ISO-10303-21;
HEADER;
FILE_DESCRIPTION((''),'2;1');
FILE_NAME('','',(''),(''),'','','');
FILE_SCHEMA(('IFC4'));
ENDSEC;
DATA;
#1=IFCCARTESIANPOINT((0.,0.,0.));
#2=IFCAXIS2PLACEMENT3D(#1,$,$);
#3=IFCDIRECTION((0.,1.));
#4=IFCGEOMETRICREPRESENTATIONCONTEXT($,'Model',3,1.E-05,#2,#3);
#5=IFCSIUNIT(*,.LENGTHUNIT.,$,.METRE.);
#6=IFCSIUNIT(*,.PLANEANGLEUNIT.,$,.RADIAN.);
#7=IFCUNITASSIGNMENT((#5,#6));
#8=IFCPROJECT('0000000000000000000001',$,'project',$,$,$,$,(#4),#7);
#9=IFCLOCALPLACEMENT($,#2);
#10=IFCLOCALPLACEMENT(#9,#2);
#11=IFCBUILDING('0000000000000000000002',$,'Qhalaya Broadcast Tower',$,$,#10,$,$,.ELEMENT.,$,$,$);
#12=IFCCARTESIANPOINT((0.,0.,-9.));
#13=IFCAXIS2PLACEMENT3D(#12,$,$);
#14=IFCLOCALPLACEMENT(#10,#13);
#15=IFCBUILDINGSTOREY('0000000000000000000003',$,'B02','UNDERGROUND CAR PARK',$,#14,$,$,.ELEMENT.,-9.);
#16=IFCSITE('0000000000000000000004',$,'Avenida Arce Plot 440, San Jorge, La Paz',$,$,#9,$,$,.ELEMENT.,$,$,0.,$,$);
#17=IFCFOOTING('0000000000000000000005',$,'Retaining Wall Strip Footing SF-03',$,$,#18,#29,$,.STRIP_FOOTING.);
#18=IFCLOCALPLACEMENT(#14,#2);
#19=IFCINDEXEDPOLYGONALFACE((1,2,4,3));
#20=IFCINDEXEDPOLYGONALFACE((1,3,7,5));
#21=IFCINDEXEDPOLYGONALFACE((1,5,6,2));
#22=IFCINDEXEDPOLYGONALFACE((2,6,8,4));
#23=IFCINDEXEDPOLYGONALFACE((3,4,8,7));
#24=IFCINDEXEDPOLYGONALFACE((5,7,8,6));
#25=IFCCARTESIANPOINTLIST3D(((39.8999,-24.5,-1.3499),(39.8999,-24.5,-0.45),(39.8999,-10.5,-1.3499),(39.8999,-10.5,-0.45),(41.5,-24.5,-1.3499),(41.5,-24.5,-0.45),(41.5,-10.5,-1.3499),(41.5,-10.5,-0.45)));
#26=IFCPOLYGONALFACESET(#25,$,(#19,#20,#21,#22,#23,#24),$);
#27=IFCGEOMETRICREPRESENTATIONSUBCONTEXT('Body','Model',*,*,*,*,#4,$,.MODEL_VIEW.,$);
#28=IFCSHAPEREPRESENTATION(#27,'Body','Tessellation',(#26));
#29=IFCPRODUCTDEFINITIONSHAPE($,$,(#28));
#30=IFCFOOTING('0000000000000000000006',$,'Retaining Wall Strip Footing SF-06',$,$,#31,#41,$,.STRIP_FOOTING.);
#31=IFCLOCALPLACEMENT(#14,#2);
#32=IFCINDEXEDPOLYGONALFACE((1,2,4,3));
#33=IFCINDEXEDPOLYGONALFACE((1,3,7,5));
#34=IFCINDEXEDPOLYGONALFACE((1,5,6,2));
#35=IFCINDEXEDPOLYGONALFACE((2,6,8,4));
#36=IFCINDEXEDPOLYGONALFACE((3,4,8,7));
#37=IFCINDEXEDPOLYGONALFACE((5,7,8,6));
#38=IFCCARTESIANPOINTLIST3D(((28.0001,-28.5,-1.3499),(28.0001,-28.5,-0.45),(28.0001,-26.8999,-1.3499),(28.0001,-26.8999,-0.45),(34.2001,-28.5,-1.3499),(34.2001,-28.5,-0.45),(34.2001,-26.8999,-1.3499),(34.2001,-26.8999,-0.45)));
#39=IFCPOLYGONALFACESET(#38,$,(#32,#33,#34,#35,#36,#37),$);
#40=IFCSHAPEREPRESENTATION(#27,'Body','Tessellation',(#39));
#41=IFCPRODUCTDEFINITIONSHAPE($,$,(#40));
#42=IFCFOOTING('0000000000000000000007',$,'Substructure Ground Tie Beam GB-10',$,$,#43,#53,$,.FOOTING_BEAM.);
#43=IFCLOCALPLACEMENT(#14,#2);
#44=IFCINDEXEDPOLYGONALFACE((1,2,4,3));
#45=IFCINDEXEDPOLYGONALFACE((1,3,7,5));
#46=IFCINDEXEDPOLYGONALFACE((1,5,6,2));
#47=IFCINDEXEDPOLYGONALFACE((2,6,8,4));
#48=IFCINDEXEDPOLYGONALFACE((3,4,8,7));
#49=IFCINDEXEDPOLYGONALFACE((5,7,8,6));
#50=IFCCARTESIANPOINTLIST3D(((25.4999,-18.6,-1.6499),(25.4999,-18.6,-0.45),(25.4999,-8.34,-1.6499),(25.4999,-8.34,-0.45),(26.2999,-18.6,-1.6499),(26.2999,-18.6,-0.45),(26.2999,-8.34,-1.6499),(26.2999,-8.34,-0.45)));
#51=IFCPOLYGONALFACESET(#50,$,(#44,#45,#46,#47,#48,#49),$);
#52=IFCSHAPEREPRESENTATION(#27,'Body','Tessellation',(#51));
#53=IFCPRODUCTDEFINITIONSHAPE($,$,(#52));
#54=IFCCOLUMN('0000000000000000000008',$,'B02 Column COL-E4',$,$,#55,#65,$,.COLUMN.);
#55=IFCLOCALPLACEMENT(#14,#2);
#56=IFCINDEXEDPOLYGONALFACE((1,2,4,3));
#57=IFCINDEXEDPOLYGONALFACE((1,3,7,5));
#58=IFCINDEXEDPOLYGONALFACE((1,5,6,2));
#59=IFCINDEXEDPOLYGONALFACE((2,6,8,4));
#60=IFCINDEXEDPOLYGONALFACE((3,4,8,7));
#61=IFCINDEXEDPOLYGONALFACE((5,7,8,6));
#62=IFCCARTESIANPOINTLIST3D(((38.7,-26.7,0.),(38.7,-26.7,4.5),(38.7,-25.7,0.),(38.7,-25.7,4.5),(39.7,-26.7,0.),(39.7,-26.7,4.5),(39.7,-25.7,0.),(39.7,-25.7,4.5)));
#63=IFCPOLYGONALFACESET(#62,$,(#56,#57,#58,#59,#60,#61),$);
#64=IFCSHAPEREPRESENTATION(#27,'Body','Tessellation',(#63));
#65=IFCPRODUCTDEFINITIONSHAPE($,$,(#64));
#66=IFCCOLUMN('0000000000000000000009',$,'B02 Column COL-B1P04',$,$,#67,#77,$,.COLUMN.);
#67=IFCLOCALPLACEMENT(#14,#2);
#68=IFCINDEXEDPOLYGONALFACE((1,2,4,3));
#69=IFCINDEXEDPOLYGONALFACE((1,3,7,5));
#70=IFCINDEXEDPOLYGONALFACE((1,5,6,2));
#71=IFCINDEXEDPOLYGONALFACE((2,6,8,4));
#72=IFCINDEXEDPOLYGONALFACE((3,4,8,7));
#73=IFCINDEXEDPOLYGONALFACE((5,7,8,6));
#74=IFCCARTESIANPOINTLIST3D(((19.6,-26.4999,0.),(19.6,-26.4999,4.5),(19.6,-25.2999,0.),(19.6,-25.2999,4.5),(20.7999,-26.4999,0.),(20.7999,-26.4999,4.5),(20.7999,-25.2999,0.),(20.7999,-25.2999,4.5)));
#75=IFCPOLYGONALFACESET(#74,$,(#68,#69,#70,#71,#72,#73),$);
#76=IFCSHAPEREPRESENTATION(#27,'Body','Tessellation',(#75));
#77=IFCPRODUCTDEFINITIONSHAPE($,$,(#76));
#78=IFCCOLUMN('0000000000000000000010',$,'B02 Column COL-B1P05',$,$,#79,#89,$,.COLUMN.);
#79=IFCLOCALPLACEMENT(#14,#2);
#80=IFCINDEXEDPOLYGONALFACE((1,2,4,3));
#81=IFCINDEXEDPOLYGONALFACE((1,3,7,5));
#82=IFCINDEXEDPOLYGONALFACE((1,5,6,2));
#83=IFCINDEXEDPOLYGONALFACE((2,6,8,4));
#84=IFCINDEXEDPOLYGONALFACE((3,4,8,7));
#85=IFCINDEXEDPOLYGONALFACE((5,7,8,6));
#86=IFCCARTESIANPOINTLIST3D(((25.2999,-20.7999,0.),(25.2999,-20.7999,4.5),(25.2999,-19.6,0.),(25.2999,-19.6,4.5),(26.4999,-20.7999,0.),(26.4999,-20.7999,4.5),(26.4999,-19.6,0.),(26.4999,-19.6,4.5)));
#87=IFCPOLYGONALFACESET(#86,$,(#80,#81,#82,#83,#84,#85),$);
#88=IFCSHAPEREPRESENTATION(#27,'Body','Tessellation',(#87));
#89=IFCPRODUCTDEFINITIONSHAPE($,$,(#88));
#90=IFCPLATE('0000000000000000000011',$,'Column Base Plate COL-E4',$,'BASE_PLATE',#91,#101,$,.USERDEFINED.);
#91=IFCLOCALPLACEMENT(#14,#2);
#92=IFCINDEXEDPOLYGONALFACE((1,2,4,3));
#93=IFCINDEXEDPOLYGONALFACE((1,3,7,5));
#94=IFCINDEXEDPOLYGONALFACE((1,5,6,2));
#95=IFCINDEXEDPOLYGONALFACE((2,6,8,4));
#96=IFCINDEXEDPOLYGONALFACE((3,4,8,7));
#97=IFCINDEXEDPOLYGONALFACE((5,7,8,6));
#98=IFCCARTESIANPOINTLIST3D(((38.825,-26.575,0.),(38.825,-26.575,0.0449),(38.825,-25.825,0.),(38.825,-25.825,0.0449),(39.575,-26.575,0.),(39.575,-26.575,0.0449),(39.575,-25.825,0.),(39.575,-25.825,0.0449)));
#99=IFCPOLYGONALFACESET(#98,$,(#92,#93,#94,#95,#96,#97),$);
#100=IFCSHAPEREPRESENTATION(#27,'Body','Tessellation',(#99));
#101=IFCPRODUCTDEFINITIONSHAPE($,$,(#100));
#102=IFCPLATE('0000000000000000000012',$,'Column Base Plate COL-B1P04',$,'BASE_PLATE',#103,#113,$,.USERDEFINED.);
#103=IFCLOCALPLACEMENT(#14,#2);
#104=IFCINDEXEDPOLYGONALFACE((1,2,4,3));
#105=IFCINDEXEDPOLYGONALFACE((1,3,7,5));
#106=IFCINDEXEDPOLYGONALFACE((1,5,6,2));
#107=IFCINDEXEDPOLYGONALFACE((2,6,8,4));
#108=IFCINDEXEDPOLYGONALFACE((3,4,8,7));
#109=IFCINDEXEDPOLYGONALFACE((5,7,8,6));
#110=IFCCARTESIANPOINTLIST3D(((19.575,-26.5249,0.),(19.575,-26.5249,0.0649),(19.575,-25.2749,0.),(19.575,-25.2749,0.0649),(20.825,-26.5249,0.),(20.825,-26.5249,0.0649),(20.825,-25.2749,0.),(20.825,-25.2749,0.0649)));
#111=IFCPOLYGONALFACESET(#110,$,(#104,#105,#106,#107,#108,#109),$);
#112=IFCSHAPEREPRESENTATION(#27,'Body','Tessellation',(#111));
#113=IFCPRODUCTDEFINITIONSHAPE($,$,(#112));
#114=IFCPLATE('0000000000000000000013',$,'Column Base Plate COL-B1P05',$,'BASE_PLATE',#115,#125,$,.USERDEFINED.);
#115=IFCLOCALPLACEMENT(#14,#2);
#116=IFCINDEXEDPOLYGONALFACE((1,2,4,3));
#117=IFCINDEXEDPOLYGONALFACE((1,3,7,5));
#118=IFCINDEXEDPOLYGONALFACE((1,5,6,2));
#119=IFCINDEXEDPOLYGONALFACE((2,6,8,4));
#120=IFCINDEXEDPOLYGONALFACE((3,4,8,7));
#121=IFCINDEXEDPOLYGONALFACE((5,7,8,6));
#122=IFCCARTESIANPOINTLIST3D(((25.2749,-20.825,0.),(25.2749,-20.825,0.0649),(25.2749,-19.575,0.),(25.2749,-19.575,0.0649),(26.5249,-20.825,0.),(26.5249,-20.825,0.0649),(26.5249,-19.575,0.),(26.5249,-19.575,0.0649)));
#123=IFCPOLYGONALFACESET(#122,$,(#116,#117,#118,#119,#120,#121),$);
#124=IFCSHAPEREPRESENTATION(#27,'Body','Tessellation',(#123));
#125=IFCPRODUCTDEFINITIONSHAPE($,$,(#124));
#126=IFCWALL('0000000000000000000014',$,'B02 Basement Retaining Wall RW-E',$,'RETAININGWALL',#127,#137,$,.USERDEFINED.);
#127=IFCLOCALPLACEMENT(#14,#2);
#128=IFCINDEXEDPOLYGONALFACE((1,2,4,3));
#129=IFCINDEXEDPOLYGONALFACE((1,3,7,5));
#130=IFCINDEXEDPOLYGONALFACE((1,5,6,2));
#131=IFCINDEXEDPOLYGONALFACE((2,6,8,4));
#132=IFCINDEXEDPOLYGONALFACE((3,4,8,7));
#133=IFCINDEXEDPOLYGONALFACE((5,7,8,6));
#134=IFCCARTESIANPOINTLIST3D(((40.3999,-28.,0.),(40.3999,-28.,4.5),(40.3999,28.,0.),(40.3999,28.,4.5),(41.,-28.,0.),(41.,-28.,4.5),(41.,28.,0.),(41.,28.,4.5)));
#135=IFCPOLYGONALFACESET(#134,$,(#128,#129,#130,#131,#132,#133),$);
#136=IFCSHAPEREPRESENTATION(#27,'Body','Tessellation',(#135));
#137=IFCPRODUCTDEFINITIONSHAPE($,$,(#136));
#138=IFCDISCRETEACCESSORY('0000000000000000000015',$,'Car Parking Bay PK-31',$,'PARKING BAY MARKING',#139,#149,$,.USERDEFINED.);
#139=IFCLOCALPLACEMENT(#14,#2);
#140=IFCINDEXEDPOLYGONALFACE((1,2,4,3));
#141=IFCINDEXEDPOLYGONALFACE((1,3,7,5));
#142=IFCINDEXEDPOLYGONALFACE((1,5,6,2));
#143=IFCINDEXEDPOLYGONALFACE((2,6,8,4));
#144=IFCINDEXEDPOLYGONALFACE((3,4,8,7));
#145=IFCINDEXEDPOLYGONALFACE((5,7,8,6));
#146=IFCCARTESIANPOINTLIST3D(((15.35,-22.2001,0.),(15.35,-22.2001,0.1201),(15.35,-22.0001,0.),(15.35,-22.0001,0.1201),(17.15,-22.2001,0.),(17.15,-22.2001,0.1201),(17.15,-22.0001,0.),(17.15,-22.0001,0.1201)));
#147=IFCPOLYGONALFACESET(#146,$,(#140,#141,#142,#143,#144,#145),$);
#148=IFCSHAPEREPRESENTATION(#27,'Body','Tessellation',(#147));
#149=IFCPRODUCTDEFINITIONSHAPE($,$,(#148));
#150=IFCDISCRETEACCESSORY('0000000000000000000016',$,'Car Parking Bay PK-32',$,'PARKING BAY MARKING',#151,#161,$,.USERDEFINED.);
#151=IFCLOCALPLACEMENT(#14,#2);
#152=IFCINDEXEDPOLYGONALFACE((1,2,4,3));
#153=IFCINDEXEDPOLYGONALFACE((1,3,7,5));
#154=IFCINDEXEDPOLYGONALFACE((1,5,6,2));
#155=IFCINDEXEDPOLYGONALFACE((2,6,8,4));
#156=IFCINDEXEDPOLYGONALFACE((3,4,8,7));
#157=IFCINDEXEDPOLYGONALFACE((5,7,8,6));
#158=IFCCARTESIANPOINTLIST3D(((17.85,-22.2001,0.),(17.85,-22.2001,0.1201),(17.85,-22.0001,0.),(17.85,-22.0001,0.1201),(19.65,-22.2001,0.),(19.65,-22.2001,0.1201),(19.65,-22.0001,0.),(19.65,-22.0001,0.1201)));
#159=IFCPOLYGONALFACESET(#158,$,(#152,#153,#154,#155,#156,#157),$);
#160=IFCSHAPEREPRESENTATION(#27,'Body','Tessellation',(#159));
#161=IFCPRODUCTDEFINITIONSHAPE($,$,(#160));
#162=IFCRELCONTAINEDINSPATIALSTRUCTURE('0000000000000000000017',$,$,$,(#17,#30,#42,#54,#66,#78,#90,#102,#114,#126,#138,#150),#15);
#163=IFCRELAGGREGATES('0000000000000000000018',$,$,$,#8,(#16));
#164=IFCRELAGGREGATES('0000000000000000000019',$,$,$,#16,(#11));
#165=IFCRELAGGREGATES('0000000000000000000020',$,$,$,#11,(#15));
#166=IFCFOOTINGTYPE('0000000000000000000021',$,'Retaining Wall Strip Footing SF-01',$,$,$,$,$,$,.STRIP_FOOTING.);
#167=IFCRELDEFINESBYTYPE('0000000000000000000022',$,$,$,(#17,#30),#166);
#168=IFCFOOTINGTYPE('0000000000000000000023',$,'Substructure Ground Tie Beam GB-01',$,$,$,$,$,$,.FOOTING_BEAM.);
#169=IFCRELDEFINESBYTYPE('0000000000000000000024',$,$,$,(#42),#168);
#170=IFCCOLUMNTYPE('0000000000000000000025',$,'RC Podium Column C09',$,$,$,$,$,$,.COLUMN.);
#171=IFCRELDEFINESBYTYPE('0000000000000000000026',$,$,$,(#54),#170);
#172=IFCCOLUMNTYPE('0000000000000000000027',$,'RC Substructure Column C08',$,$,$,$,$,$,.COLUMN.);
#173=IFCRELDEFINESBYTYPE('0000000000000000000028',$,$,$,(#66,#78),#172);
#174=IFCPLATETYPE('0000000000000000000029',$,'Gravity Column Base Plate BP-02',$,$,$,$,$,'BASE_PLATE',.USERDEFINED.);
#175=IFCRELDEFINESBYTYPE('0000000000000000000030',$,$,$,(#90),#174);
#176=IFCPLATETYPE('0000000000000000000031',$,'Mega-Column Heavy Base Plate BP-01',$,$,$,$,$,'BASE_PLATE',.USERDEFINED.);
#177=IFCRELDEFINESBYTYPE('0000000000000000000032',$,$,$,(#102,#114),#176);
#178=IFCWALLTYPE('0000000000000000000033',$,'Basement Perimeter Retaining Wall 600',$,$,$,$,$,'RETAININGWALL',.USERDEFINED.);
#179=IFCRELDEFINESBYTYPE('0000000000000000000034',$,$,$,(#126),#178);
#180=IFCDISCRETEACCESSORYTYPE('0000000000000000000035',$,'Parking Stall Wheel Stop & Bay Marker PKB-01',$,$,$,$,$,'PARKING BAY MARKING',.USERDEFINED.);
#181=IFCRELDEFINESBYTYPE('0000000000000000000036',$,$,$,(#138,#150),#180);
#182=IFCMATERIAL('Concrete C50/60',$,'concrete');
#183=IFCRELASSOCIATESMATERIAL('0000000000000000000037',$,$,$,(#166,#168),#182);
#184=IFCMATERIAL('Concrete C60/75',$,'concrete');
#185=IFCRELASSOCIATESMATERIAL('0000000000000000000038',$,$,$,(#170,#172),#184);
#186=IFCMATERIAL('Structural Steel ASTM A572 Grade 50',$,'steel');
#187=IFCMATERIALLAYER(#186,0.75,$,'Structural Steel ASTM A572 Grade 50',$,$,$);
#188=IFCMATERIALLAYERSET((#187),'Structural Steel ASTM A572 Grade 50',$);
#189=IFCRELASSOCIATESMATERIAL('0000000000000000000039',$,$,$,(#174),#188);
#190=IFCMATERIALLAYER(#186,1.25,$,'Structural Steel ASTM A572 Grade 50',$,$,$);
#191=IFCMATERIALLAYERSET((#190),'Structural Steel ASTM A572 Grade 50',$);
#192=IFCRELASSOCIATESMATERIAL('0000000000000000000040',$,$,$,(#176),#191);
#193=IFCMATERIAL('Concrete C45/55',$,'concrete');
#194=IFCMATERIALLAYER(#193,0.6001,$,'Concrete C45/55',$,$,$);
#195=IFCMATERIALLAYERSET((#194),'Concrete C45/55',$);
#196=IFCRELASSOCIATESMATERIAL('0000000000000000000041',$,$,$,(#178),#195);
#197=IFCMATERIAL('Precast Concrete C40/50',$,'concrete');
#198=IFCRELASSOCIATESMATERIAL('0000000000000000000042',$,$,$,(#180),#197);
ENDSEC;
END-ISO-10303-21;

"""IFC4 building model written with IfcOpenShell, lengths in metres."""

from ifc_helpers import new_model, si_unit, direction, frame, frame_2d, origin, origin_2d, place, context, subcontext, project, spatial, rectangle, extrude, material, layer, layer_set, material_profile, profile_set, type_object, element, save


model = new_model("IFC4")

# Units and contexts
model_context = context("Model", 3, precision=1e-05, world=origin(), true_north=direction((0.0, 1.0)))
body_context = subcontext(model_context, "Body", "Model", "MODEL_VIEW")
ifc_project = project(units=[si_unit("LENGTHUNIT", "METRE"), si_unit("PLANEANGLEUNIT", "RADIAN")], contexts=[model_context])

# Site, building, storey
site_placement = place(None, origin())
site = spatial("IfcSite", under=ifc_project, at=site_placement, Name="Avenida Arce Plot 440, San Jorge, La Paz", CompositionType="ELEMENT", RefElevation=0.0)
building_placement = place(site_placement, origin())
building = spatial("IfcBuilding", under=site, at=building_placement, Name="Qhalaya Broadcast Tower", CompositionType="ELEMENT")
storey_placement = place(building_placement, frame((0.0, 0.0, -9.0)))
storey = spatial("IfcBuildingStorey", under=building, at=storey_placement, Name="B02", Description="UNDERGROUND CAR PARK", CompositionType="ELEMENT", Elevation=-9.0)

# Shared definitions
ifc_material_1 = material(Name="Concrete C45/55", Category="concrete")

# Footings
ifc_material_2 = material(Name="Concrete C50/60", Category="concrete")
footing_type_1 = type_object("IfcFootingType", Name="Retaining Wall Strip Footing SF-01", PredefinedType="STRIP_FOOTING", material=ifc_material_2)
footing_1_placement = place(storey_placement, frame((40.7, -17.5, -1.3499), z_axis=(0.0, 0.0, 1.0), x_axis=(0.0, 1.0, 0.0)))
element("IfcFooting", 1, at=footing_1_placement, inside=storey, type_object=footing_type_1, Name="Retaining Wall Strip Footing SF-03", PredefinedType="STRIP_FOOTING", context=body_context, shape_type="SweptSolid", body=[
    extrude(rectangle(XDim=14.0, YDim=1.6001, at=origin_2d()), origin(), (0.0, 0.0, 1.0), 0.8999),
])
footing_2_placement = place(storey_placement, frame((31.1001, -27.7, -1.3499), z_axis=(0.0, 0.0, 1.0), x_axis=(1.0, 0.0, 0.0)))
element("IfcFooting", 2, at=footing_2_placement, inside=storey, type_object=footing_type_1, Name="Retaining Wall Strip Footing SF-06", PredefinedType="STRIP_FOOTING", context=body_context, shape_type="SweptSolid", body=[
    extrude(rectangle(XDim=6.2, YDim=1.6001, at=origin_2d()), origin(), (0.0, 0.0, 1.0), 0.8999),
])
footing_type_2 = type_object("IfcFootingType", Name="Substructure Ground Tie Beam GB-01", PredefinedType="FOOTING_BEAM", material=ifc_material_2)
footing_3_placement = place(storey_placement, frame((25.8999, -13.47, -1.6499), z_axis=(0.0, 0.0, 1.0), x_axis=(0.0, 1.0, 0.0)))
element("IfcFooting", 3, at=footing_3_placement, inside=storey, type_object=footing_type_2, Name="Substructure Ground Tie Beam GB-10", PredefinedType="FOOTING_BEAM", context=body_context, shape_type="SweptSolid", body=[
    extrude(rectangle(XDim=10.26, YDim=0.8, at=origin_2d()), origin(), (0.0, 0.0, 1.0), 1.2),
])

# Columns
ifc_material_3 = material(Name="Concrete C60/75", Category="concrete")
ifc_material_profile_1 = material_profile(ifc_material_3, rectangle(XDim=1.0, YDim=1.0, at=origin_2d()), Name="RC-COL 1000x1000")
ifc_profile_set_1 = profile_set([ifc_material_profile_1], Name="Concrete C60/75")
column_type_1 = type_object("IfcColumnType", Name="RC Podium Column C09", PredefinedType="COLUMN", material=ifc_profile_set_1)
column_placement = place(storey_placement, frame((39.2, -26.2, 0.0), z_axis=(0.0, 0.0, 1.0), x_axis=(1.0, 0.0, 0.0)))
element("IfcColumn", 4, at=column_placement, inside=storey, type_object=column_type_1, Name="B02 Column COL-E4", PredefinedType="COLUMN", context=body_context, shape_type="SweptSolid", body=[
    extrude(rectangle(XDim=1.0, YDim=1.0, at=origin_2d()), origin(), (0.0, 0.0, 1.0), 4.5),
])
ifc_material_profile_2 = material_profile(ifc_material_3, rectangle(XDim=1.2, YDim=1.2, at=origin_2d()), Name="RC-COL 1200x1200")
ifc_profile_set_2 = profile_set([ifc_material_profile_2], Name="Concrete C60/75")
column_type_2 = type_object("IfcColumnType", Name="RC Substructure Column C08", PredefinedType="COLUMN", material=ifc_profile_set_2)
for number, where, z_axis, x_axis, name in (
    (5, (20.2, -25.8999, 0.0), (0.0, 0.0, 1.0), (1.0, 0.0, 0.0), "B02 Column COL-B1P04"),
    (6, (25.8999, -20.2, 0.0), (0.0, 0.0, 1.0), (0.0, 1.0, 0.0), "B02 Column COL-B1P05"),
):
    element("IfcColumn", number, at=place(storey_placement, frame(where, z_axis=z_axis, x_axis=x_axis)), inside=storey, type_object=column_type_2, Name=name, PredefinedType="COLUMN", context=body_context, shape_type="SweptSolid", body=[
        extrude(rectangle(XDim=1.2, YDim=1.2, at=origin_2d()), origin(), (0.0, 0.0, 1.0), 4.5),
    ])

# Plates
ifc_material_4 = material(Name="Structural Steel ASTM A572 Grade 50", Category="steel")
ifc_layer_1 = layer(ifc_material_4, 0.75, Name="Structural Steel ASTM A572 Grade 50")
ifc_layer_set_1 = layer_set([ifc_layer_1], Name="Structural Steel ASTM A572 Grade 50")
plate_type_1 = type_object("IfcPlateType", Name="Gravity Column Base Plate BP-02", ElementType="BASE_PLATE", PredefinedType="USERDEFINED", material=ifc_layer_set_1)
plate_placement = place(storey_placement, frame((39.2, -26.2, 0.0), z_axis=(0.0, 0.0, 1.0), x_axis=(1.0, 0.0, 0.0)))
element("IfcPlate", 7, at=plate_placement, inside=storey, type_object=plate_type_1, Name="Column Base Plate COL-E4", ObjectType="BASE_PLATE", PredefinedType="USERDEFINED", context=body_context, shape_type="SweptSolid", body=[
    extrude(rectangle(XDim=0.75, YDim=0.75, at=origin_2d()), origin(), (0.0, 0.0, 1.0), 0.0449),
])
ifc_layer_2 = layer(ifc_material_4, 1.25, Name="Structural Steel ASTM A572 Grade 50")
ifc_layer_set_2 = layer_set([ifc_layer_2], Name="Structural Steel ASTM A572 Grade 50")
plate_type_2 = type_object("IfcPlateType", Name="Mega-Column Heavy Base Plate BP-01", ElementType="BASE_PLATE", PredefinedType="USERDEFINED", material=ifc_layer_set_2)
for number, where, z_axis, x_axis, name in (
    (8, (20.2, -25.8999, 0.0), (0.0, 0.0, 1.0), (1.0, 0.0, 0.0), "Column Base Plate COL-B1P04"),
    (9, (25.8999, -20.2, 0.0), (0.0, 0.0, 1.0), (0.0, 1.0, 0.0), "Column Base Plate COL-B1P05"),
):
    element("IfcPlate", number, at=place(storey_placement, frame(where, z_axis=z_axis, x_axis=x_axis)), inside=storey, type_object=plate_type_2, Name=name, ObjectType="BASE_PLATE", PredefinedType="USERDEFINED", context=body_context, shape_type="SweptSolid", body=[
        extrude(rectangle(XDim=1.25, YDim=1.25, at=origin_2d()), origin(), (0.0, 0.0, 1.0), 0.0649),
    ])

# Wall
ifc_layer_3 = layer(ifc_material_1, 0.6001, Name="Concrete C45/55")
ifc_layer_set_3 = layer_set([ifc_layer_3], Name="Concrete C45/55")
wall_type = type_object("IfcWallType", Name="Basement Perimeter Retaining Wall 600", ElementType="RETAININGWALL", PredefinedType="USERDEFINED", material=ifc_layer_set_3)
wall_placement = place(storey_placement, frame((40.7, -28.0, 0.0), z_axis=(0.0, 0.0, 1.0), x_axis=(0.0, 1.0, 0.0)))
element("IfcWall", 10, at=wall_placement, inside=storey, type_object=wall_type, Name="B02 Basement Retaining Wall RW-E", ObjectType="RETAININGWALL", PredefinedType="USERDEFINED", context=body_context, shape_type="SweptSolid", body=[
    extrude(rectangle(XDim=56.0, YDim=0.6001, at=frame_2d((28.0, 0.0))), origin(), (0.0, 0.0, 1.0), 4.5),
])

# Discrete accessories
ifc_material_5 = material(Name="Precast Concrete C40/50", Category="concrete")
discrete_accessory_type = type_object("IfcDiscreteAccessoryType", Name="Parking Stall Wheel Stop & Bay Marker PKB-01", ElementType="PARKING BAY MARKING", PredefinedType="USERDEFINED", material=ifc_material_5)
for number, where, z_axis, x_axis, name in (
    (11, (16.25, -22.1001, 0.0), (0.0, 0.0, 1.0), (1.0, 0.0, 0.0), "Car Parking Bay PK-31"),
    (12, (18.75, -22.1001, 0.0), (0.0, 0.0, 1.0), (1.0, 0.0, 0.0), "Car Parking Bay PK-32"),
):
    element("IfcDiscreteAccessory", number, at=place(storey_placement, frame(where, z_axis=z_axis, x_axis=x_axis)), inside=storey, type_object=discrete_accessory_type, Name=name, ObjectType="PARKING BAY MARKING", PredefinedType="USERDEFINED", context=body_context, shape_type="SweptSolid", body=[
        extrude(rectangle(XDim=1.8, YDim=0.2, at=origin_2d()), origin(), (0.0, 0.0, 1.0), 0.1201),
    ])

save(model, "model.ifc")
